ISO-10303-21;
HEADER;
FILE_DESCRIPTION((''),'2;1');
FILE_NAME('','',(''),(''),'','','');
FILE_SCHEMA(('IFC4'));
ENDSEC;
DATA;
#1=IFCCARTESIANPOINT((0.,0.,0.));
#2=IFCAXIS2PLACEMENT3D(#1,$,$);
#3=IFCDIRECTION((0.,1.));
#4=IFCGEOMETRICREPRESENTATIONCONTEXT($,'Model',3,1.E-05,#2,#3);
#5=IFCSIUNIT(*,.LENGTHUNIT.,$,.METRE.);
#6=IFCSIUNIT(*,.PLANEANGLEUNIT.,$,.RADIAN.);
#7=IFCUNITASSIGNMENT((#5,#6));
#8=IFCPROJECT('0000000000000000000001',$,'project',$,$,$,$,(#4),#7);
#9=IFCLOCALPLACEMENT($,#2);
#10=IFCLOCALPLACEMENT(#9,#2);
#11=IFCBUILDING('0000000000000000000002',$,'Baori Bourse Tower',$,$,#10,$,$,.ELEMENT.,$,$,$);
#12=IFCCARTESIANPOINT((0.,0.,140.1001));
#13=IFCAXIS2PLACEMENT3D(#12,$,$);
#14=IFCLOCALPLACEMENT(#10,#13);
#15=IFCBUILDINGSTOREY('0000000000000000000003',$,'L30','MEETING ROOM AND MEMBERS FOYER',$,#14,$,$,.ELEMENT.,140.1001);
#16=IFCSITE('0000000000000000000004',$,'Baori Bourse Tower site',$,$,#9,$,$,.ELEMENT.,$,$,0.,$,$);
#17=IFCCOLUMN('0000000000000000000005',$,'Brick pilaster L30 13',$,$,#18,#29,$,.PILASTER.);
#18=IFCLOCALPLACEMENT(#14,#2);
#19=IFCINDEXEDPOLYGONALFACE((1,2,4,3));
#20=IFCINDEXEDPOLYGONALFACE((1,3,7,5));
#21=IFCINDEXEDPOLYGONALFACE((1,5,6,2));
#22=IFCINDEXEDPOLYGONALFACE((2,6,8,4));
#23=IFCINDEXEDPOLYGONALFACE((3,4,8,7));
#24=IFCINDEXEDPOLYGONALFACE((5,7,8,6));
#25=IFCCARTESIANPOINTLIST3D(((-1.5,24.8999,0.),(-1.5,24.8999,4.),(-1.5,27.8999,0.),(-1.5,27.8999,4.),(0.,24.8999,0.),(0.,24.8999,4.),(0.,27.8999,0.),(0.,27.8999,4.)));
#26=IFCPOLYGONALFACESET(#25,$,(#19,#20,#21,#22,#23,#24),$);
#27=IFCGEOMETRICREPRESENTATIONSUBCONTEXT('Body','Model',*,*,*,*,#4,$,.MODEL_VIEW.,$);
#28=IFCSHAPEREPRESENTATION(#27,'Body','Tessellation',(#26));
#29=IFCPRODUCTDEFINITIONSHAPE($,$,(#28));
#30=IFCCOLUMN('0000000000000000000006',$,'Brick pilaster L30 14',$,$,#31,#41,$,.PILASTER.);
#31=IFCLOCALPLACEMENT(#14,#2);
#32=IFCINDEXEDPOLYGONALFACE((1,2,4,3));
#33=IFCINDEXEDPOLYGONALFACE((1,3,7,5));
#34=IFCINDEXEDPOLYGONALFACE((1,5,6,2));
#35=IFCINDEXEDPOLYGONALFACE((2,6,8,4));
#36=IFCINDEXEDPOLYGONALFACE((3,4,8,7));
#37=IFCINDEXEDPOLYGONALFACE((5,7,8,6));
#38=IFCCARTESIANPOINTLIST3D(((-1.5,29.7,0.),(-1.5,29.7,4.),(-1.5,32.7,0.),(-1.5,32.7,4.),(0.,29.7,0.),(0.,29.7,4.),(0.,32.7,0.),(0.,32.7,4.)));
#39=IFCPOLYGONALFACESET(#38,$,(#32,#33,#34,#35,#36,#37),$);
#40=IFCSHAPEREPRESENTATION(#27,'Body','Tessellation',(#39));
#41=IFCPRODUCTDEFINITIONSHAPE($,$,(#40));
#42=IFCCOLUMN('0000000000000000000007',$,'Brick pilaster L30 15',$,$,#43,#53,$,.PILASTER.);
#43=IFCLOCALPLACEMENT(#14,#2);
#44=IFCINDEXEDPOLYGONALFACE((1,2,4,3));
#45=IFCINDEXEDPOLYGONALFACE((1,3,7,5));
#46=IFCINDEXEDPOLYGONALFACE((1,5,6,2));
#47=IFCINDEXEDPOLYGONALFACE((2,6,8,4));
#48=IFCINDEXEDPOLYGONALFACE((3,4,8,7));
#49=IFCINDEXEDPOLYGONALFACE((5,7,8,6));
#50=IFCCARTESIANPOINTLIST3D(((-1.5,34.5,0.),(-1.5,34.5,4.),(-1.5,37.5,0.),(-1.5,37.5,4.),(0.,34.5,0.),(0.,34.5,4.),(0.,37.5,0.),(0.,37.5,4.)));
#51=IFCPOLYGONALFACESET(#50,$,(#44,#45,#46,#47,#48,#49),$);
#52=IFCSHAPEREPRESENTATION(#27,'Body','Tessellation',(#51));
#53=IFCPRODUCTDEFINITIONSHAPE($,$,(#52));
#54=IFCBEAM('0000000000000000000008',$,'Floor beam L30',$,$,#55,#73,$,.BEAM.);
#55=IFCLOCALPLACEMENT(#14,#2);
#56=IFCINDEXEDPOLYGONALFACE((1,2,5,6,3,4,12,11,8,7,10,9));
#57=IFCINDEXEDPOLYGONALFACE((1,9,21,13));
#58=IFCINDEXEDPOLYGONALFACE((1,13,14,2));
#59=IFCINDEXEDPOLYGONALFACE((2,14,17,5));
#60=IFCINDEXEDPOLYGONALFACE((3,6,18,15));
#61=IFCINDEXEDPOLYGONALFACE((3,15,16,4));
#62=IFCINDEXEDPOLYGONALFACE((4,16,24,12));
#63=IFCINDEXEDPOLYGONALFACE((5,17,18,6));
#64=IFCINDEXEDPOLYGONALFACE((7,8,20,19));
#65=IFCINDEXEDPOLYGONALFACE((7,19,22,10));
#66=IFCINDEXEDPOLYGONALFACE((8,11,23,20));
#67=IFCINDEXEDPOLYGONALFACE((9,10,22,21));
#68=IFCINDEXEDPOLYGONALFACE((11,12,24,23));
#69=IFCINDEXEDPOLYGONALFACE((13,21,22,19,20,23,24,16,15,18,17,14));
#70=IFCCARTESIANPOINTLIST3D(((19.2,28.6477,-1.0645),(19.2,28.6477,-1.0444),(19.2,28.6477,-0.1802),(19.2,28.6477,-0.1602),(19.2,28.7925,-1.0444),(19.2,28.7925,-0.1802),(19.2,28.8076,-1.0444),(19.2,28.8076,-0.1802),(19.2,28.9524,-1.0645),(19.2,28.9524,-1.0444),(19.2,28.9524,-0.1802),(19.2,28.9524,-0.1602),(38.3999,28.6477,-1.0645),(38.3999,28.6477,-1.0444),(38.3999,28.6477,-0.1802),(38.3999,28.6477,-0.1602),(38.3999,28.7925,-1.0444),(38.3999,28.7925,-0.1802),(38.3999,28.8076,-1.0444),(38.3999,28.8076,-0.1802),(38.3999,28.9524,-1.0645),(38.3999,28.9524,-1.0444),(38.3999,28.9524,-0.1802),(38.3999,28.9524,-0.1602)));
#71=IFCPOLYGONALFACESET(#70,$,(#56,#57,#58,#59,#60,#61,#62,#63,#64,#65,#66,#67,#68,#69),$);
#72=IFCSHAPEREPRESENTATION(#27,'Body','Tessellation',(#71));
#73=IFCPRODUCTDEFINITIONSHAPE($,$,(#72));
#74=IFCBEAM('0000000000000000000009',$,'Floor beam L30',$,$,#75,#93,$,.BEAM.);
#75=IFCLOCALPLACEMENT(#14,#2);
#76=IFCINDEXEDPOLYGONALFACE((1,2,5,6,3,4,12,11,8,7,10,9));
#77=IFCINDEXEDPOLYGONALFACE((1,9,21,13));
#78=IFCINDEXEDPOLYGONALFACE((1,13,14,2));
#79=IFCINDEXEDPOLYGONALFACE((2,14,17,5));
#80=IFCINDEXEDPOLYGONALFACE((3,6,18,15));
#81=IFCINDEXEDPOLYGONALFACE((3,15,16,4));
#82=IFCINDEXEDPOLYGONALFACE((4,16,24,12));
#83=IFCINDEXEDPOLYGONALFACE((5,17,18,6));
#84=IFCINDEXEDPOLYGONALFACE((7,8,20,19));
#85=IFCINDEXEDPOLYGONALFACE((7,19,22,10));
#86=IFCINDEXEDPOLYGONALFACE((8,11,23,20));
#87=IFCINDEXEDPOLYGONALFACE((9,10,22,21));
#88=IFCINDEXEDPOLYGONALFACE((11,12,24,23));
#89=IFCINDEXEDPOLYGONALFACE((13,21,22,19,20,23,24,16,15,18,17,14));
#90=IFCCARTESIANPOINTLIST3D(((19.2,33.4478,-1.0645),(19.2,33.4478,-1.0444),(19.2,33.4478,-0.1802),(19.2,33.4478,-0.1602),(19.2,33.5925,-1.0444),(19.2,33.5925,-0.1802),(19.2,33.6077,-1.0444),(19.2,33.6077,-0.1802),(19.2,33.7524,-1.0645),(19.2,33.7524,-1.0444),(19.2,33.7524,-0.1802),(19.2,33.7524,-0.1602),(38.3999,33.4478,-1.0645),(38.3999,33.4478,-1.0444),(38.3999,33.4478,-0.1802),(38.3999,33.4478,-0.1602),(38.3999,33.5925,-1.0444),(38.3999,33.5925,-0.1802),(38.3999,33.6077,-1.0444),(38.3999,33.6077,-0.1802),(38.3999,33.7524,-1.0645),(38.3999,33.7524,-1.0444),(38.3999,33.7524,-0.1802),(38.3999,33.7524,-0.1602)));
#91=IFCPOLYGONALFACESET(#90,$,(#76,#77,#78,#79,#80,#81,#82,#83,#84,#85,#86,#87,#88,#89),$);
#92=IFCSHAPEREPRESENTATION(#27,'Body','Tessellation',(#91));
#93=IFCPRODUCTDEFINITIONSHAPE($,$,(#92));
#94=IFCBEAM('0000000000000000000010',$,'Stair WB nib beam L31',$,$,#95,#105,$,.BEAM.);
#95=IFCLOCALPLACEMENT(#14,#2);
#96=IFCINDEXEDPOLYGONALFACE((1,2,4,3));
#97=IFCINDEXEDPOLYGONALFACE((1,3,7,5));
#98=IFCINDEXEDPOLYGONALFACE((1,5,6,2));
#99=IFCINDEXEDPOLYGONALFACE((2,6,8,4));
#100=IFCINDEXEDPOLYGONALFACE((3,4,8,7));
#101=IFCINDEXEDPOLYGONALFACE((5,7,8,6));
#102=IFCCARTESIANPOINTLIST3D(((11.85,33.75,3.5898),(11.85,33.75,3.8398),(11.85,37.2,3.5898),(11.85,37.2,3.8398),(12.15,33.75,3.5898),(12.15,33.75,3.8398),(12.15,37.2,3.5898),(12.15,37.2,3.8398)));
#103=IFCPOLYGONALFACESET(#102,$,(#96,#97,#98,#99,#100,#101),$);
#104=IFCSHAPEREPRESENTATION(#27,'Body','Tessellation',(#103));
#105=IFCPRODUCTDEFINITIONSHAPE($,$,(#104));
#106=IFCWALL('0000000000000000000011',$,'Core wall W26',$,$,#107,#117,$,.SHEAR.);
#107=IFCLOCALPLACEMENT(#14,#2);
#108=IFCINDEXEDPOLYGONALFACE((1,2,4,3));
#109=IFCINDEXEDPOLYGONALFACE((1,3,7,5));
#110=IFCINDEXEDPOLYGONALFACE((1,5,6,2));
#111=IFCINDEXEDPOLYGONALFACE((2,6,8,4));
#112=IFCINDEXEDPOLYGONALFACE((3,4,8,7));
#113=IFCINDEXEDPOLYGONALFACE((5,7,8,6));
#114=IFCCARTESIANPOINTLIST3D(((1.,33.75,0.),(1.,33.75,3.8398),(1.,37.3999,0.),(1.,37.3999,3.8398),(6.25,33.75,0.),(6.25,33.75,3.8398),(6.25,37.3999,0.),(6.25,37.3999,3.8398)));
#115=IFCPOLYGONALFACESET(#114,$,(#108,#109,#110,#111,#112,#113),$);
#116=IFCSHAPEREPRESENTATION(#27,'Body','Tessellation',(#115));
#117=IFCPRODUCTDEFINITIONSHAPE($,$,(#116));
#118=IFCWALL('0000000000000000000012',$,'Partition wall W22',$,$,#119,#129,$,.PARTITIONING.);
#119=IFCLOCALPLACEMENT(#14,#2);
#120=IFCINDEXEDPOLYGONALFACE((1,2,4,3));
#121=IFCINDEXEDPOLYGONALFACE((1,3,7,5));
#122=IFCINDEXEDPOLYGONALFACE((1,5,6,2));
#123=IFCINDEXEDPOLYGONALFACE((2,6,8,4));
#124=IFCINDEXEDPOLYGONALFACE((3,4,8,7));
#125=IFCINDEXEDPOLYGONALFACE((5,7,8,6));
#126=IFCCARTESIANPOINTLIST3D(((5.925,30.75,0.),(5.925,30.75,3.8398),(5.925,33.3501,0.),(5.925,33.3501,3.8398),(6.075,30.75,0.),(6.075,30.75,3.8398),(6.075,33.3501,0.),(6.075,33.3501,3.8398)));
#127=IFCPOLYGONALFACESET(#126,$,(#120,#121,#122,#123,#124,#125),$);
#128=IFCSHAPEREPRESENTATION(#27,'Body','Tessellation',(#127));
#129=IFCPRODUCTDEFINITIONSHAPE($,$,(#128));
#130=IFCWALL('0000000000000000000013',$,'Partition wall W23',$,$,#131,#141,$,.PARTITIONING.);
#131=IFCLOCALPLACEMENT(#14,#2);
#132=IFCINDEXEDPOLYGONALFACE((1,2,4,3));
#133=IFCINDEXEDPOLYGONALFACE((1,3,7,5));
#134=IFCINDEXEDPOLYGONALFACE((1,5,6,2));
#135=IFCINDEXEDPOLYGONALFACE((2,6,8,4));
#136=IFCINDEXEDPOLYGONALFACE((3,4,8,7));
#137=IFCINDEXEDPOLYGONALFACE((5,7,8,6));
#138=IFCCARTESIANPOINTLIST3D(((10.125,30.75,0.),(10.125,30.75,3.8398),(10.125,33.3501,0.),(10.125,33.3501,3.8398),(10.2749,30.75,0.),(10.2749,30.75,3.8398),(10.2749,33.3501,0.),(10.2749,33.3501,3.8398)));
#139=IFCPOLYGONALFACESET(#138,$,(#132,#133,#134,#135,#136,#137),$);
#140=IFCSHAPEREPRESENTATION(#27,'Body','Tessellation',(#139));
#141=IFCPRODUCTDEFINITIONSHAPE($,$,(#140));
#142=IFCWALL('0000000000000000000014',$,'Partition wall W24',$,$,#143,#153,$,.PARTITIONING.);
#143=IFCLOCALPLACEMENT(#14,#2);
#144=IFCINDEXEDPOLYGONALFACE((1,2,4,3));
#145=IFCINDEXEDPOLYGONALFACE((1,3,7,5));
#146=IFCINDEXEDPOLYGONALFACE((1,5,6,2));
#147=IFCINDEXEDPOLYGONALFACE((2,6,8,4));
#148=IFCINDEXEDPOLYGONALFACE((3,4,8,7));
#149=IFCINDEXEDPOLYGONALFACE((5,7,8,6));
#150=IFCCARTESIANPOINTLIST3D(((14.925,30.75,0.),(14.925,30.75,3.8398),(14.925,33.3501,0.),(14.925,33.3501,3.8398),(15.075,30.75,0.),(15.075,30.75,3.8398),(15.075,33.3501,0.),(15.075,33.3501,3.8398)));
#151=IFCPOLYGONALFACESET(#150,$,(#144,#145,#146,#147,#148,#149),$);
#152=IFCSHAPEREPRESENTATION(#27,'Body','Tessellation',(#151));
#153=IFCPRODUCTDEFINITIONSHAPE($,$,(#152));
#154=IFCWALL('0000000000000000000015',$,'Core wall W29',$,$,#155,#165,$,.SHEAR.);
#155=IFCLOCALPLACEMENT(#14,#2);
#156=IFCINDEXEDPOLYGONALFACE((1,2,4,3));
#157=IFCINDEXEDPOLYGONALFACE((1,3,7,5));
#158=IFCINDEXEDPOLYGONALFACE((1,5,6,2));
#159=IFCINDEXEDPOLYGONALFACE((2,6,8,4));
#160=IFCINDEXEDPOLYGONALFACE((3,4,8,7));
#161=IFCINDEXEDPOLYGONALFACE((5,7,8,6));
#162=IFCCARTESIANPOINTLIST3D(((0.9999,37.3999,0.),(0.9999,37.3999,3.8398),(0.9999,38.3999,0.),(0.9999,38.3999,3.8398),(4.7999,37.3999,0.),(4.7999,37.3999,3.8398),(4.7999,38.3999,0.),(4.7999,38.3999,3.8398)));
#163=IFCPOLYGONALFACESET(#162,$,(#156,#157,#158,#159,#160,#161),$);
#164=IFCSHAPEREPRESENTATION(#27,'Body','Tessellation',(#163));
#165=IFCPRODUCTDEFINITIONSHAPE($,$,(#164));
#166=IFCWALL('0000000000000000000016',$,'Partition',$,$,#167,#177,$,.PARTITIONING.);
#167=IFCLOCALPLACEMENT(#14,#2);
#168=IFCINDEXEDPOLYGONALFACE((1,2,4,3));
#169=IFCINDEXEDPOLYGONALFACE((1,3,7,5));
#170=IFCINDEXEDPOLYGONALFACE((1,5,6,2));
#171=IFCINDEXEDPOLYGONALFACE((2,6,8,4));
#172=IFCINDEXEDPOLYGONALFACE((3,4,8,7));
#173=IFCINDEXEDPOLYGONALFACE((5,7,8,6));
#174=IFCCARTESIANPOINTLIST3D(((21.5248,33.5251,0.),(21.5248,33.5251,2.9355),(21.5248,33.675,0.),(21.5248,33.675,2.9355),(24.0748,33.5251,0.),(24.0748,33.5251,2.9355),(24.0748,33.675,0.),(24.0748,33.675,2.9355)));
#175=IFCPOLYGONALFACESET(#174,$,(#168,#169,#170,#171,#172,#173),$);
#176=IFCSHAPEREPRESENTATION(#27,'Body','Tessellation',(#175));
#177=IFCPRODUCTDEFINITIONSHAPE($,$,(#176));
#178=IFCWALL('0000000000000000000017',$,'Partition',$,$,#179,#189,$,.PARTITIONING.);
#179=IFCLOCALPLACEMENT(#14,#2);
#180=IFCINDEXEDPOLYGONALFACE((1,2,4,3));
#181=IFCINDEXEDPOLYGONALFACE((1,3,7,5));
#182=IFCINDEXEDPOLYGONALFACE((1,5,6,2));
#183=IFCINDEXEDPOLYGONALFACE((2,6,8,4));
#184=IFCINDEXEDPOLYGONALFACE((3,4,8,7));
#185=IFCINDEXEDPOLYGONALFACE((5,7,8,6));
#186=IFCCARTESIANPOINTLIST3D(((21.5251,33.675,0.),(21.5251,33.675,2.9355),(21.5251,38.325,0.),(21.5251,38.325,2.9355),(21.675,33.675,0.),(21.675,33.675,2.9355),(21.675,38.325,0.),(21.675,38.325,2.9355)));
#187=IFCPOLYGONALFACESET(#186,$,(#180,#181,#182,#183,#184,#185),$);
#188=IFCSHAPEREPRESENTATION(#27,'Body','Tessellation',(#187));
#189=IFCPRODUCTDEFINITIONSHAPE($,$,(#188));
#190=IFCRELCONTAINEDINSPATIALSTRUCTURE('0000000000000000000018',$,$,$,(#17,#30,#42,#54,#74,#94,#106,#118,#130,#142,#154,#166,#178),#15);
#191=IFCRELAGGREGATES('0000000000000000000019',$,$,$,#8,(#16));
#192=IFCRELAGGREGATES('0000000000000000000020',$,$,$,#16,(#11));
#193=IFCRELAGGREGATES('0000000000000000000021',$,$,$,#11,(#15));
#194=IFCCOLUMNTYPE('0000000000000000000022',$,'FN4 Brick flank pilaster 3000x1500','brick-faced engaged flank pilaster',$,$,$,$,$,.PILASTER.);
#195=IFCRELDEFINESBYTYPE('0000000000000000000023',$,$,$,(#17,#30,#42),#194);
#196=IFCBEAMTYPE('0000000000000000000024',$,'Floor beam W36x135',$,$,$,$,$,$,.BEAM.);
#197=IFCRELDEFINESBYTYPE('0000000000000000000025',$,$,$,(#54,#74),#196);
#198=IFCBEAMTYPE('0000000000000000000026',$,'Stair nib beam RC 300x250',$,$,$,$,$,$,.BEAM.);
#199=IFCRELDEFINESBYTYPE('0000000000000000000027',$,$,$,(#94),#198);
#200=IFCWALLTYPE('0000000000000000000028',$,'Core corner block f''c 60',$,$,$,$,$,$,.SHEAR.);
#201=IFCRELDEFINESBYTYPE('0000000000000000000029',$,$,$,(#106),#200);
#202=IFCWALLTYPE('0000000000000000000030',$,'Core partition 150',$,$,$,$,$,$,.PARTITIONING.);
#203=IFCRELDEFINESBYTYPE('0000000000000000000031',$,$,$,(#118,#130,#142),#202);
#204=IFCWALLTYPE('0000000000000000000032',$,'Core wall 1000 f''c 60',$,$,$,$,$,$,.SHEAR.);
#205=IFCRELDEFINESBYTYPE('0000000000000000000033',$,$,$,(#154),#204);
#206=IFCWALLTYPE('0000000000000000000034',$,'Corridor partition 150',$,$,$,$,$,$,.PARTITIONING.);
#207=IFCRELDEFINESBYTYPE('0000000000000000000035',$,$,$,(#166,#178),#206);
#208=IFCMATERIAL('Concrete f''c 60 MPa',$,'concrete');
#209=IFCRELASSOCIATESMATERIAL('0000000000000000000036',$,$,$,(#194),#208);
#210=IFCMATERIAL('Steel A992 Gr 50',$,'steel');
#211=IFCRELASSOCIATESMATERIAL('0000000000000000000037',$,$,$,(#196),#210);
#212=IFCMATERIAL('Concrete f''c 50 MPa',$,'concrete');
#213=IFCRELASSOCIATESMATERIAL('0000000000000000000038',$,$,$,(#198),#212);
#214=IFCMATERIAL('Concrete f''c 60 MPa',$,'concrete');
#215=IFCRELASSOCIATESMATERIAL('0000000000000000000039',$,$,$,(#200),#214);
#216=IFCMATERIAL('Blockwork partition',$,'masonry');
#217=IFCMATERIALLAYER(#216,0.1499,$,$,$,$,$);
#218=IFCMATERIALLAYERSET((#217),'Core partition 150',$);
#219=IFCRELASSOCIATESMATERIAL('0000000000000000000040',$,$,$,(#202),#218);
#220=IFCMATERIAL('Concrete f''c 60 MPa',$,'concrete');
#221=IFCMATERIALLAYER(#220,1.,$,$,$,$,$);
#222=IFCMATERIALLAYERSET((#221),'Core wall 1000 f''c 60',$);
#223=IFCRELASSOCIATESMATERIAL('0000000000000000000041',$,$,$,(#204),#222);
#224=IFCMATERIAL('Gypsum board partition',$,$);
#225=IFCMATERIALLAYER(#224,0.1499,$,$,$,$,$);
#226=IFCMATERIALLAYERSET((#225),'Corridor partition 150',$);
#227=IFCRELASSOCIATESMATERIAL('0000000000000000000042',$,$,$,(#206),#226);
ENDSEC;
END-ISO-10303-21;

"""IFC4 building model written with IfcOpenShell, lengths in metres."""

from ifc_helpers import new_model, si_unit, direction, frame, frame_2d, origin, origin_2d, place, context, subcontext, project, spatial, rectangle, i_section, extrude, material, layer, layer_set, material_profile, profile_set, type_object, element, save


model = new_model("IFC4")

# Units and contexts
model_context = context("Model", 3, precision=1e-05, world=origin(), true_north=direction((0.0, 1.0)))
body_context = subcontext(model_context, "Body", "Model", "MODEL_VIEW")
ifc_project = project(units=[si_unit("LENGTHUNIT", "METRE"), si_unit("PLANEANGLEUNIT", "RADIAN")], contexts=[model_context])

# Site, building, storey
site_placement = place(None, origin())
site = spatial("IfcSite", under=ifc_project, at=site_placement, Name="Baori Bourse Tower site", CompositionType="ELEMENT", RefElevation=0.0)
building_placement = place(site_placement, origin())
building = spatial("IfcBuilding", under=site, at=building_placement, Name="Baori Bourse Tower", CompositionType="ELEMENT")
storey_placement = place(building_placement, frame((0.0, 0.0, 140.1001)))
storey = spatial("IfcBuildingStorey", under=building, at=storey_placement, Name="L30", Description="MEETING ROOM AND MEMBERS FOYER", CompositionType="ELEMENT", Elevation=140.1001)

# Columns
ifc_material_1 = material(Name="Concrete f'c 60 MPa", Category="concrete")
ifc_material_profile_1 = material_profile(ifc_material_1, rectangle(XDim=3.0, YDim=1.5, at=origin_2d()), Name="RC 3000x1500")
ifc_profile_set_1 = profile_set([ifc_material_profile_1], Name="Concrete f'c 60 MPa")
column_type = type_object("IfcColumnType", Name="FN4 Brick flank pilaster 3000x1500", Description="brick-faced engaged flank pilaster", PredefinedType="PILASTER", material=ifc_profile_set_1)
for number, where, z_axis, x_axis, name in (
    (1, (-0.75, 26.3999, 0.0), (0.0, 0.0, 1.0), (0.0, 1.0, 0.0), "Brick pilaster L30 13"),
    (2, (-0.75, 31.2, 0.0), (0.0, 0.0, 1.0), (0.0, 1.0, 0.0), "Brick pilaster L30 14"),
    (3, (-0.75, 36.0, 0.0), (0.0, 0.0, 1.0), (0.0, 1.0, 0.0), "Brick pilaster L30 15"),
):
    element("IfcColumn", number, at=place(storey_placement, frame(where, z_axis=z_axis, x_axis=x_axis)), inside=storey, type_object=column_type, Name=name, PredefinedType="PILASTER", context=body_context, shape_type="SweptSolid", body=[
        extrude(rectangle(XDim=3.0, YDim=1.5, at=origin_2d()), origin(), (0.0, 0.0, 1.0), 4.0),
    ])

# Beams
ifc_material_2 = material(Name="Steel A992 Gr 50", Category="steel")
ifc_material_profile_2 = material_profile(ifc_material_2, i_section(OverallWidth=0.3047, OverallDepth=0.9043, WebThickness=0.0151, FlangeThickness=0.02, at=origin_2d()), Name="W36x135")
ifc_profile_set_2 = profile_set([ifc_material_profile_2], Name="Steel A992 Gr 50")
beam_type_1 = type_object("IfcBeamType", Name="Floor beam W36x135", PredefinedType="BEAM", material=ifc_profile_set_2)
for number, where, z_axis, x_axis, name in (
    (4, (19.2, 28.8, -0.6123), (1.0, 0.0, 0.0), (0.0, 1.0, 0.0), "Floor beam L30"),
    (5, (19.2, 33.6001, -0.6123), (1.0, 0.0, 0.0), (0.0, 1.0, 0.0), "Floor beam L30"),
):
    element("IfcBeam", number, at=place(storey_placement, frame(where, z_axis=z_axis, x_axis=x_axis)), inside=storey, type_object=beam_type_1, Name=name, PredefinedType="BEAM", context=body_context, shape_type="SweptSolid", body=[
        extrude(i_section(OverallWidth=0.3047, OverallDepth=0.9043, WebThickness=0.0151, FlangeThickness=0.02, at=origin_2d()), origin(), (0.0, 0.0, 1.0), 19.2),
    ])
ifc_material_3 = material(Name="Concrete f'c 50 MPa", Category="concrete")
ifc_material_profile_3 = material_profile(ifc_material_3, rectangle(XDim=0.3, YDim=0.25, at=origin_2d()), Name="RC 300x250")
ifc_profile_set_3 = profile_set([ifc_material_profile_3], Name="Concrete f'c 50 MPa")
beam_type_2 = type_object("IfcBeamType", Name="Stair nib beam RC 300x250", PredefinedType="BEAM", material=ifc_profile_set_3)
beam_placement = place(storey_placement, frame((12.0, 33.75, 3.7148), z_axis=(0.0, 1.0, 0.0), x_axis=(-1.0, 0.0, 0.0)))
element("IfcBeam", 6, at=beam_placement, inside=storey, type_object=beam_type_2, Name="Stair WB nib beam L31", PredefinedType="BEAM", context=body_context, shape_type="SweptSolid", body=[
    extrude(rectangle(XDim=0.3, YDim=0.25, at=origin_2d()), origin(), (0.0, 0.0, 1.0), 3.45),
])

# Walls
ifc_material_4 = material(Name="Concrete f'c 60 MPa", Category="concrete")
wall_type_1 = type_object("IfcWallType", Name="Core corner block f'c 60", PredefinedType="SHEAR", material=ifc_material_4)
wall_1_placement = place(storey_placement, frame((1.0, 35.575, 0.0), z_axis=(0.0, 0.0, 1.0), x_axis=(1.0, 0.0, 0.0)))
element("IfcWall", 7, at=wall_1_placement, inside=storey, type_object=wall_type_1, Name="Core wall W26", PredefinedType="SHEAR", context=body_context, shape_type="SweptSolid", body=[
    extrude(rectangle(XDim=5.25, YDim=3.6499, at=frame_2d((2.625, 0.0))), origin(), (0.0, 0.0, 1.0), 3.8398),
])
ifc_material_5 = material(Name="Blockwork partition", Category="masonry")
ifc_layer_1 = layer(ifc_material_5, 0.1499)
ifc_layer_set_1 = layer_set([ifc_layer_1], Name="Core partition 150")
wall_type_2 = type_object("IfcWallType", Name="Core partition 150", PredefinedType="PARTITIONING", material=ifc_layer_set_1)
for number, where, z_axis, x_axis, name in (
    (8, (6.0, 30.75, 0.0), (0.0, 0.0, 1.0), (0.0, 1.0, 0.0), "Partition wall W22"),
    (9, (10.2, 30.75, 0.0), (0.0, 0.0, 1.0), (0.0, 1.0, 0.0), "Partition wall W23"),
    (10, (15.0, 30.75, 0.0), (0.0, 0.0, 1.0), (0.0, 1.0, 0.0), "Partition wall W24"),
):
    element("IfcWall", number, at=place(storey_placement, frame(where, z_axis=z_axis, x_axis=x_axis)), inside=storey, type_object=wall_type_2, Name=name, PredefinedType="PARTITIONING", context=body_context, shape_type="SweptSolid", body=[
        extrude(rectangle(XDim=2.6001, YDim=0.1499, at=frame_2d((1.3, 0.0))), origin(), (0.0, 0.0, 1.0), 3.8398),
    ])
ifc_material_6 = material(Name="Concrete f'c 60 MPa", Category="concrete")
ifc_layer_2 = layer(ifc_material_6, 1.0)
ifc_layer_set_2 = layer_set([ifc_layer_2], Name="Core wall 1000 f'c 60")
wall_type_3 = type_object("IfcWallType", Name="Core wall 1000 f'c 60", PredefinedType="SHEAR", material=ifc_layer_set_2)
wall_2_placement = place(storey_placement, frame((1.0, 37.8999, 0.0), z_axis=(0.0, 0.0, 1.0), x_axis=(1.0, 0.0, 0.0)))
element("IfcWall", 11, at=wall_2_placement, inside=storey, type_object=wall_type_3, Name="Core wall W29", PredefinedType="SHEAR", context=body_context, shape_type="SweptSolid", body=[
    extrude(rectangle(XDim=3.8, YDim=1.0, at=frame_2d((1.8999, 0.0))), origin(), (0.0, 0.0, 1.0), 3.8398),
])
ifc_material_7 = material(Name="Gypsum board partition")
ifc_layer_3 = layer(ifc_material_7, 0.1499)
ifc_layer_set_3 = layer_set([ifc_layer_3], Name="Corridor partition 150")
wall_type_4 = type_object("IfcWallType", Name="Corridor partition 150", PredefinedType="PARTITIONING", material=ifc_layer_set_3)
wall_3_placement = place(storey_placement, frame((21.5249, 33.6001, 0.0), z_axis=(0.0, 0.0, 1.0), x_axis=(1.0, 0.0, 0.0)))
element("IfcWall", 12, at=wall_3_placement, inside=storey, type_object=wall_type_4, Name="Partition", PredefinedType="PARTITIONING", context=body_context, shape_type="SweptSolid", body=[
    extrude(rectangle(XDim=2.55, YDim=0.1499, at=frame_2d((1.2749, 0.0))), origin(), (0.0, 0.0, 1.0), 2.9355),
])
wall_4_placement = place(storey_placement, frame((21.6001, 33.675, 0.0), z_axis=(0.0, 0.0, 1.0), x_axis=(0.0, 1.0, 0.0)))
element("IfcWall", 13, at=wall_4_placement, inside=storey, type_object=wall_type_4, Name="Partition", PredefinedType="PARTITIONING", context=body_context, shape_type="SweptSolid", body=[
    extrude(rectangle(XDim=4.6499, YDim=0.1499, at=frame_2d((2.325, 0.0))), origin(), (0.0, 0.0, 1.0), 2.9355),
])

save(model, "model.ifc")
